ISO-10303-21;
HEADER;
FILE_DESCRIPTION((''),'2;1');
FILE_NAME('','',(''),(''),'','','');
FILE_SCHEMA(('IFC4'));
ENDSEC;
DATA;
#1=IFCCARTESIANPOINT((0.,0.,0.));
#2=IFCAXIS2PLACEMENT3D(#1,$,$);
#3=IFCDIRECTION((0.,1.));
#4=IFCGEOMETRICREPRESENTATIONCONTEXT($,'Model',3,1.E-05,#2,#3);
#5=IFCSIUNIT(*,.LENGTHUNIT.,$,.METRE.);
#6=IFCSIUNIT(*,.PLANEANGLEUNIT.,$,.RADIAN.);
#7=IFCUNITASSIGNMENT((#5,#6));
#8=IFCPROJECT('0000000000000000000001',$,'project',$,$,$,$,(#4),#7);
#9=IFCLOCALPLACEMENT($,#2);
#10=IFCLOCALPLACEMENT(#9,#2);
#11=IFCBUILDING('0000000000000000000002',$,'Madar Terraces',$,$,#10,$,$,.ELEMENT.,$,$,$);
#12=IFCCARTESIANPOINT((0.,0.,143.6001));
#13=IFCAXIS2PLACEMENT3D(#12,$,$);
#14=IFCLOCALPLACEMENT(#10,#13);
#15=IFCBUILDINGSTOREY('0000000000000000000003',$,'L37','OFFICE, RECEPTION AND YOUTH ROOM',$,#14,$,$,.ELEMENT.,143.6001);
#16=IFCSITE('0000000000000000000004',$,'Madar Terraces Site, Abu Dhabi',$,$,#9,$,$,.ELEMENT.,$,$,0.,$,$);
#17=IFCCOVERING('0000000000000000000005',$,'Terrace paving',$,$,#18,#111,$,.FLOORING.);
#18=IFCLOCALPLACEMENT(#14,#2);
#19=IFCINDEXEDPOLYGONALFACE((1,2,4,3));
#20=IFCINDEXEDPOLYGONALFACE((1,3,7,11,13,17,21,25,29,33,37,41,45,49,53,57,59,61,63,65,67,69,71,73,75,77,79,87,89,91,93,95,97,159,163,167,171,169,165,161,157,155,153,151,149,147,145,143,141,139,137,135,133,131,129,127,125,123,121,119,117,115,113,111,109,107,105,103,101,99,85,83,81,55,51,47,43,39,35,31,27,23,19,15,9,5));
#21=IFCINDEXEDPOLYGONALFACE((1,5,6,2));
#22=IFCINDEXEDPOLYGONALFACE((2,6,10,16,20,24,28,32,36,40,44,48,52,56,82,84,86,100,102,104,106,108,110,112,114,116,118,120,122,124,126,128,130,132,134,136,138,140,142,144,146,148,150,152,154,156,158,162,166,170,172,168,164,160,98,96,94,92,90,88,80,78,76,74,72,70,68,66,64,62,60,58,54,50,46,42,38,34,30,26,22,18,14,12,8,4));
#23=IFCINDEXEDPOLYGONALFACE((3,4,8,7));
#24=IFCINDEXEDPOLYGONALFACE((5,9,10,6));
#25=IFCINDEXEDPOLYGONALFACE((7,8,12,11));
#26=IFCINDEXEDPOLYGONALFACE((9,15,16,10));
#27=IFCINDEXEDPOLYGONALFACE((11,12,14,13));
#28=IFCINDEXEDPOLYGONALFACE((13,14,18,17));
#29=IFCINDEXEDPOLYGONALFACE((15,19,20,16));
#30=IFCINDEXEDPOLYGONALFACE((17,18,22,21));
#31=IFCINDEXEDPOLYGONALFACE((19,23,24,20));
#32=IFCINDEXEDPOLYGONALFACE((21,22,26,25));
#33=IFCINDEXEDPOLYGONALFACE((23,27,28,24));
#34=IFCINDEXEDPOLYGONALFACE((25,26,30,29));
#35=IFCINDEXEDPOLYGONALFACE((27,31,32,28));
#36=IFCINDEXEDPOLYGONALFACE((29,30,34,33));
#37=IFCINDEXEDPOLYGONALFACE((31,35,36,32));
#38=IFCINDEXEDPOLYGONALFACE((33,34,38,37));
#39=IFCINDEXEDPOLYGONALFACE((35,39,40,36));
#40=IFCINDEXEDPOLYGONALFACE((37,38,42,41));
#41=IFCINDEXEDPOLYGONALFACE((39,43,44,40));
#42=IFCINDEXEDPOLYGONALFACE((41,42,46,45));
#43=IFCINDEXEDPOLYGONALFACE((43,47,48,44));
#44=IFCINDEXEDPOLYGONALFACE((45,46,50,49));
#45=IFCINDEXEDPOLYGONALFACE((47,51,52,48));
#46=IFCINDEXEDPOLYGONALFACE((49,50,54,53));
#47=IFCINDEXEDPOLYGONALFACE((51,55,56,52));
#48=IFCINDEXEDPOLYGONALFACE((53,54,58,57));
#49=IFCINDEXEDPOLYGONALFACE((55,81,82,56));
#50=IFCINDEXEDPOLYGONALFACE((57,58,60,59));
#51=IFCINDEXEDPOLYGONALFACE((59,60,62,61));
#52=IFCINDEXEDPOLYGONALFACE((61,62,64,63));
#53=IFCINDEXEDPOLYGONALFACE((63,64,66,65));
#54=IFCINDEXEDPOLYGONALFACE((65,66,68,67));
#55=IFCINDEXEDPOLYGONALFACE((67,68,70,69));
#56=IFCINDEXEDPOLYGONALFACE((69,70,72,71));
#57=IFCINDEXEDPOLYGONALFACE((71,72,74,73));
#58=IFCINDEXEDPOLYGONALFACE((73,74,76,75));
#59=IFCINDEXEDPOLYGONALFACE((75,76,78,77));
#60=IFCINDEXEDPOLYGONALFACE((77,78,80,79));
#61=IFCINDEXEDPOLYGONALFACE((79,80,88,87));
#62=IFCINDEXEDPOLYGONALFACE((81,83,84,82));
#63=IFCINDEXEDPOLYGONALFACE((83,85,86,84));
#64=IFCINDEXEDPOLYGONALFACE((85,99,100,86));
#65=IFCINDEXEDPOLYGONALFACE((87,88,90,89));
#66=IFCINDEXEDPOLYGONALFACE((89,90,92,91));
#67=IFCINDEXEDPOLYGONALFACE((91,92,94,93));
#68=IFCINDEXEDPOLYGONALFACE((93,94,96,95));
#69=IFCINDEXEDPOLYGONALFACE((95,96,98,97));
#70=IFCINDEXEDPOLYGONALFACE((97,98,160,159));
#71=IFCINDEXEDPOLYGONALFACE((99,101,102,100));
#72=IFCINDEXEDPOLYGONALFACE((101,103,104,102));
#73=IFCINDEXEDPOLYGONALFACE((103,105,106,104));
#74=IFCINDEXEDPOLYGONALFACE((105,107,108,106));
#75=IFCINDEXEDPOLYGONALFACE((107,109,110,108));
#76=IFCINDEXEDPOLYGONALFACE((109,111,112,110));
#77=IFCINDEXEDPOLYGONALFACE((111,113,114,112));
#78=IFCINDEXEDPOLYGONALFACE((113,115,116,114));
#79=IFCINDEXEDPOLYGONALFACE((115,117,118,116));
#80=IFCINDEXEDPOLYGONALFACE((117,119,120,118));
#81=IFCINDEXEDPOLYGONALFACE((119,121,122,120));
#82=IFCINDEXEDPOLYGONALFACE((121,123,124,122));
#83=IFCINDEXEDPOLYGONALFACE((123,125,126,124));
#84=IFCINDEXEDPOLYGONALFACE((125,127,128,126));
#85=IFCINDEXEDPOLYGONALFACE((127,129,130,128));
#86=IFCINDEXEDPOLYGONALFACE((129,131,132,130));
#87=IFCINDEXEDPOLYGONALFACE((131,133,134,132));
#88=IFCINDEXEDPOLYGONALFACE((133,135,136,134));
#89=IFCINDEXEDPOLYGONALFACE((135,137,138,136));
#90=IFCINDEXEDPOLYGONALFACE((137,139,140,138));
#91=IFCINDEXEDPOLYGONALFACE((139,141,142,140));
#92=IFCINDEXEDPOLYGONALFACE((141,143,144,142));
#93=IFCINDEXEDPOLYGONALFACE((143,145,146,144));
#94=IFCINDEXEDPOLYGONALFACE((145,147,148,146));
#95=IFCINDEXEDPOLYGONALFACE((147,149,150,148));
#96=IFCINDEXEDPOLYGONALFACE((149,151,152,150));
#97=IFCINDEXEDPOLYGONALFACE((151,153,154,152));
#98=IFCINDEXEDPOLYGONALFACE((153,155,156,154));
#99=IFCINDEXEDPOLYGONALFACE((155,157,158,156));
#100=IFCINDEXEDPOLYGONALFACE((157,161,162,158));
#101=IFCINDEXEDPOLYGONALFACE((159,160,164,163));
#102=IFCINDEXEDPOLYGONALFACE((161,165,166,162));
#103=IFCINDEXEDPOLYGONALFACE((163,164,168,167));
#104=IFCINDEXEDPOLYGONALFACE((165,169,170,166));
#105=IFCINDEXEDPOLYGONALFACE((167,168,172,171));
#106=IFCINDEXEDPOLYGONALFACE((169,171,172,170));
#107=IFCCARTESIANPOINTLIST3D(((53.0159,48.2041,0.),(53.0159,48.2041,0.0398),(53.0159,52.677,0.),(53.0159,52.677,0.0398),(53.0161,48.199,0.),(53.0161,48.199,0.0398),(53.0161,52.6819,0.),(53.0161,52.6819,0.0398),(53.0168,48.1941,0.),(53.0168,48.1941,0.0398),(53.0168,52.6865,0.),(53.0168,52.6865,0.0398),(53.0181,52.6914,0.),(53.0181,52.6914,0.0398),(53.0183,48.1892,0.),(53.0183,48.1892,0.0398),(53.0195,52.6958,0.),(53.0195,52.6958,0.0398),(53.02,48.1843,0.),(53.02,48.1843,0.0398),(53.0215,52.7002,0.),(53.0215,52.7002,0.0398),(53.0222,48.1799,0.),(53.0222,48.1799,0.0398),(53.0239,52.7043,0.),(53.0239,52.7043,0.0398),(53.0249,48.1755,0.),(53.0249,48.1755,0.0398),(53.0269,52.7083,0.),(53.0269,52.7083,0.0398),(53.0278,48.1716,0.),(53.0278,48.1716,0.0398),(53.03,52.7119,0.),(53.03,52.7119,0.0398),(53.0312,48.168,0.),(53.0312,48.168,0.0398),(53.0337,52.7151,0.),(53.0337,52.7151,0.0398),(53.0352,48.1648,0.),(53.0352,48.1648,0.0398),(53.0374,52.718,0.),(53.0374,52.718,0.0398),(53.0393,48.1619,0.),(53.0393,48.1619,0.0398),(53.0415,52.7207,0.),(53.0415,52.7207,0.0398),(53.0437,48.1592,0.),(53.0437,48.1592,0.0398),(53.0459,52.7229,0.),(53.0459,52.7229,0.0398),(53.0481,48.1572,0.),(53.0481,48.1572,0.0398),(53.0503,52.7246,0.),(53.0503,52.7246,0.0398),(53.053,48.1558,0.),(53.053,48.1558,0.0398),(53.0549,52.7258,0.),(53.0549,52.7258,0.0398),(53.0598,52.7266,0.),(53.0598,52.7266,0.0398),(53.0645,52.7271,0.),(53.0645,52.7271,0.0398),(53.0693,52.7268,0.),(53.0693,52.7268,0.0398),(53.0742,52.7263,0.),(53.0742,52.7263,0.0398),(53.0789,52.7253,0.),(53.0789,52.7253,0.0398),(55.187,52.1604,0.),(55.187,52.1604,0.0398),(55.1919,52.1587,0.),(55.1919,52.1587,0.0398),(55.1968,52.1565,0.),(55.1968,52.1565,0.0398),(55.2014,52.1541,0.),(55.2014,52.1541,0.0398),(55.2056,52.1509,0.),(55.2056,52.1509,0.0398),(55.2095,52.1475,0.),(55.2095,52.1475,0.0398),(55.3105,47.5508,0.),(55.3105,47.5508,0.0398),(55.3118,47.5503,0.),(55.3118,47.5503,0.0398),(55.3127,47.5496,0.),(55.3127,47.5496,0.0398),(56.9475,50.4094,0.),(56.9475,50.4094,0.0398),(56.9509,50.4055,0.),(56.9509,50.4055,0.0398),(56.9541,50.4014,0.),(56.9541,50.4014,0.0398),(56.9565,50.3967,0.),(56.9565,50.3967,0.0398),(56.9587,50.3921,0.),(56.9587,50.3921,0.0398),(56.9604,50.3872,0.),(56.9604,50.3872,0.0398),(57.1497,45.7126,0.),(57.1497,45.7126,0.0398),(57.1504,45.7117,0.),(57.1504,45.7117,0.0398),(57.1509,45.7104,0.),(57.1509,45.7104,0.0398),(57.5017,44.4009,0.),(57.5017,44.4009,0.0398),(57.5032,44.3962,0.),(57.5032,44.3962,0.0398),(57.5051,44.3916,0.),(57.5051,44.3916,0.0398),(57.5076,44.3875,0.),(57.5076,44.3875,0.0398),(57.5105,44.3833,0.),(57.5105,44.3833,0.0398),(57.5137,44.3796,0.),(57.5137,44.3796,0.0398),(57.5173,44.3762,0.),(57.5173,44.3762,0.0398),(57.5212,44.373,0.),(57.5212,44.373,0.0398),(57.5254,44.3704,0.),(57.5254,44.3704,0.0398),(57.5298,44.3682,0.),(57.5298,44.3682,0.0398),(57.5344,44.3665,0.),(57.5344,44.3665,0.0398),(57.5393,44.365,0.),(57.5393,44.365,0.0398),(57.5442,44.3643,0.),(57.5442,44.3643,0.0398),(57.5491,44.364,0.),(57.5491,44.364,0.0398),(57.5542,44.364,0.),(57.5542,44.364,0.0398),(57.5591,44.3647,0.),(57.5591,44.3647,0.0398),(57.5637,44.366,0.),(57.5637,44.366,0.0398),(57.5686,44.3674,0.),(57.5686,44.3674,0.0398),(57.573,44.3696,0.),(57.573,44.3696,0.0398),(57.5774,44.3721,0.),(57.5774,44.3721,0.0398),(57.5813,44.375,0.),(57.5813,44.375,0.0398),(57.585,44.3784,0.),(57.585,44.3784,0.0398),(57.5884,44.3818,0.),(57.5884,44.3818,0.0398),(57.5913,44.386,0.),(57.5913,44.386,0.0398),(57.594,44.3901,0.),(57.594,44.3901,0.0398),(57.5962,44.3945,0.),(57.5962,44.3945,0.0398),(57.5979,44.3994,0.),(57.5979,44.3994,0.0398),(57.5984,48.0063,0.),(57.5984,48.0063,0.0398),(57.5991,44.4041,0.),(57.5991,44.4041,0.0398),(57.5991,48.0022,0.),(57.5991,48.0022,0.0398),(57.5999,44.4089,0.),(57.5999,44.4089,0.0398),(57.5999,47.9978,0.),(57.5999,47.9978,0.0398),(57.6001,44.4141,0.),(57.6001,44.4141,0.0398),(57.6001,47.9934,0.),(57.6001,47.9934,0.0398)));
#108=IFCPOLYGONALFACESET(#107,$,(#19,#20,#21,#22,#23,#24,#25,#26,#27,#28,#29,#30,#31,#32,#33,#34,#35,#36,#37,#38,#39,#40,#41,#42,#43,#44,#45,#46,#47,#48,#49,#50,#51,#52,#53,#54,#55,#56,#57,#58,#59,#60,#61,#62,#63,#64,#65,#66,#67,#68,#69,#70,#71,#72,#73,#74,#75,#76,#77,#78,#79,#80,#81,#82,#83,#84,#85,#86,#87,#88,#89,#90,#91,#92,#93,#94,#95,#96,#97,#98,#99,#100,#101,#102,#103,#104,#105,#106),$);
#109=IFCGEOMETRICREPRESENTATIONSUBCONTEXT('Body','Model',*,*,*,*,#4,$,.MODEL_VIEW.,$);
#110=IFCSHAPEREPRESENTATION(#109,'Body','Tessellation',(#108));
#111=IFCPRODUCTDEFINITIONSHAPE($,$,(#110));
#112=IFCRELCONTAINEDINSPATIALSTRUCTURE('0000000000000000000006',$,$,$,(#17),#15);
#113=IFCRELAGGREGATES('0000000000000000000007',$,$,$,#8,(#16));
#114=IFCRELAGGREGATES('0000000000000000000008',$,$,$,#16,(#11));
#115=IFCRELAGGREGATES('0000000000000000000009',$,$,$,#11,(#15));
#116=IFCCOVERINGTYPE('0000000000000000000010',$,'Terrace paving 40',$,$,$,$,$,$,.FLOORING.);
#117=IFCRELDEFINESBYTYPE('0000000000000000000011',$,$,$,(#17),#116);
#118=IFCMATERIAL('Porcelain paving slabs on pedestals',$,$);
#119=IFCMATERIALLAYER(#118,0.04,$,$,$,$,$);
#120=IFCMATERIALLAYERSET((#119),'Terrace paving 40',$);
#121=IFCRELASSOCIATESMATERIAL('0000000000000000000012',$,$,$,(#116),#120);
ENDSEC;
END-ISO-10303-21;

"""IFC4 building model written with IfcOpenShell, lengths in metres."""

from ifc_helpers import new_model, si_unit, direction, frame, origin, place, context, subcontext, project, spatial, polyline, outline, extrude, material, layer, layer_set, type_object, element, save


model = new_model("IFC4")

# Units and contexts
model_context = context("Model", 3, precision=1e-05, world=origin(), true_north=direction((0.0, 1.0)))
body_context = subcontext(model_context, "Body", "Model", "MODEL_VIEW")
ifc_project = project(units=[si_unit("LENGTHUNIT", "METRE"), si_unit("PLANEANGLEUNIT", "RADIAN")], contexts=[model_context])

# Site, building, storey
site_placement = place(None, origin())
site = spatial("IfcSite", under=ifc_project, at=site_placement, Name="Madar Terraces Site, Abu Dhabi", CompositionType="ELEMENT", RefElevation=0.0)
building_placement = place(site_placement, origin())
building = spatial("IfcBuilding", under=site, at=building_placement, Name="Madar Terraces", CompositionType="ELEMENT")
storey_placement = place(building_placement, frame((0.0, 0.0, 143.6001)))
storey = spatial("IfcBuildingStorey", under=building, at=storey_placement, Name="L37", Description="OFFICE, RECEPTION AND YOUTH ROOM", CompositionType="ELEMENT", Elevation=143.6001)

# Covering
ifc_material_1 = material(Name="Porcelain paving slabs on pedestals")
ifc_layer_1 = layer(ifc_material_1, 0.04)
ifc_layer_set_1 = layer_set([ifc_layer_1], Name="Terrace paving 40")
covering_type = type_object("IfcCoveringType", Name="Terrace paving 40", PredefinedType="FLOORING", material=ifc_layer_set_1)
covering_1_placement = place(storey_placement, origin())
element("IfcCovering", 1, at=covering_1_placement, inside=storey, type_object=covering_type, Name="Terrace paving", PredefinedType="FLOORING", context=body_context, shape_type="SweptSolid", body=[
    extrude(outline(polyline([(55.1968, 52.1565), (55.2014, 52.1541), (55.2056, 52.1509), (55.2095, 52.1475), (56.9475, 50.4094), (56.9509, 50.4055), (56.9541, 50.4014), (56.9565, 50.3967), (56.9587, 50.3921), (56.9604, 50.3872), (57.5984, 48.0063), (57.5991, 48.0022), (57.5999, 47.9978), (57.6001, 47.9934), (57.6001, 44.4141), (57.5999, 44.4089), (57.5991, 44.4041), (57.5979, 44.3994), (57.5962, 44.3945), (57.594, 44.3901), (57.5913, 44.386), (57.5884, 44.3818), (57.585, 44.3784), (57.5813, 44.375), (57.5774, 44.3721), (57.573, 44.3696), (57.5686, 44.3674), (57.5637, 44.366), (57.5591, 44.3647), (57.5542, 44.364), (57.5491, 44.364), (57.5442, 44.3643), (57.5393, 44.365), (57.5344, 44.3665), (57.5298, 44.3682), (57.5254, 44.3704), (57.5212, 44.373), (57.5173, 44.3762), (57.5137, 44.3796), (57.5105, 44.3833), (57.5076, 44.3875), (57.5051, 44.3916), (57.5032, 44.3962), (57.5017, 44.4009), (57.1509, 45.7104), (57.1504, 45.7117), (57.1497, 45.7126), (55.3127, 47.5496), (55.3118, 47.5503), (55.3105, 47.5508), (53.053, 48.1558), (53.0481, 48.1572), (53.0437, 48.1592), (53.0393, 48.1619), (53.0352, 48.1648), (53.0312, 48.168), (53.0278, 48.1716), (53.0249, 48.1755), (53.0222, 48.1799), (53.02, 48.1843), (53.0183, 48.1892), (53.0168, 48.1941), (53.0161, 48.199), (53.0159, 48.2041), (53.0159, 52.677), (53.0161, 52.6819), (53.0168, 52.6865), (53.0181, 52.6914), (53.0195, 52.6958), (53.0215, 52.7002), (53.0239, 52.7043), (53.0269, 52.7083), (53.03, 52.7119), (53.0337, 52.7151), (53.0374, 52.718), (53.0415, 52.7207), (53.0459, 52.7229), (53.0503, 52.7246), (53.0549, 52.7258), (53.0598, 52.7266), (53.0645, 52.7271), (53.0693, 52.7268), (53.0742, 52.7263), (53.0789, 52.7253), (55.187, 52.1604), (55.1919, 52.1587), (55.1968, 52.1565)])), origin(), (0.0, 0.0, 1.0), 0.0398),
])

save(model, "model.ifc")
